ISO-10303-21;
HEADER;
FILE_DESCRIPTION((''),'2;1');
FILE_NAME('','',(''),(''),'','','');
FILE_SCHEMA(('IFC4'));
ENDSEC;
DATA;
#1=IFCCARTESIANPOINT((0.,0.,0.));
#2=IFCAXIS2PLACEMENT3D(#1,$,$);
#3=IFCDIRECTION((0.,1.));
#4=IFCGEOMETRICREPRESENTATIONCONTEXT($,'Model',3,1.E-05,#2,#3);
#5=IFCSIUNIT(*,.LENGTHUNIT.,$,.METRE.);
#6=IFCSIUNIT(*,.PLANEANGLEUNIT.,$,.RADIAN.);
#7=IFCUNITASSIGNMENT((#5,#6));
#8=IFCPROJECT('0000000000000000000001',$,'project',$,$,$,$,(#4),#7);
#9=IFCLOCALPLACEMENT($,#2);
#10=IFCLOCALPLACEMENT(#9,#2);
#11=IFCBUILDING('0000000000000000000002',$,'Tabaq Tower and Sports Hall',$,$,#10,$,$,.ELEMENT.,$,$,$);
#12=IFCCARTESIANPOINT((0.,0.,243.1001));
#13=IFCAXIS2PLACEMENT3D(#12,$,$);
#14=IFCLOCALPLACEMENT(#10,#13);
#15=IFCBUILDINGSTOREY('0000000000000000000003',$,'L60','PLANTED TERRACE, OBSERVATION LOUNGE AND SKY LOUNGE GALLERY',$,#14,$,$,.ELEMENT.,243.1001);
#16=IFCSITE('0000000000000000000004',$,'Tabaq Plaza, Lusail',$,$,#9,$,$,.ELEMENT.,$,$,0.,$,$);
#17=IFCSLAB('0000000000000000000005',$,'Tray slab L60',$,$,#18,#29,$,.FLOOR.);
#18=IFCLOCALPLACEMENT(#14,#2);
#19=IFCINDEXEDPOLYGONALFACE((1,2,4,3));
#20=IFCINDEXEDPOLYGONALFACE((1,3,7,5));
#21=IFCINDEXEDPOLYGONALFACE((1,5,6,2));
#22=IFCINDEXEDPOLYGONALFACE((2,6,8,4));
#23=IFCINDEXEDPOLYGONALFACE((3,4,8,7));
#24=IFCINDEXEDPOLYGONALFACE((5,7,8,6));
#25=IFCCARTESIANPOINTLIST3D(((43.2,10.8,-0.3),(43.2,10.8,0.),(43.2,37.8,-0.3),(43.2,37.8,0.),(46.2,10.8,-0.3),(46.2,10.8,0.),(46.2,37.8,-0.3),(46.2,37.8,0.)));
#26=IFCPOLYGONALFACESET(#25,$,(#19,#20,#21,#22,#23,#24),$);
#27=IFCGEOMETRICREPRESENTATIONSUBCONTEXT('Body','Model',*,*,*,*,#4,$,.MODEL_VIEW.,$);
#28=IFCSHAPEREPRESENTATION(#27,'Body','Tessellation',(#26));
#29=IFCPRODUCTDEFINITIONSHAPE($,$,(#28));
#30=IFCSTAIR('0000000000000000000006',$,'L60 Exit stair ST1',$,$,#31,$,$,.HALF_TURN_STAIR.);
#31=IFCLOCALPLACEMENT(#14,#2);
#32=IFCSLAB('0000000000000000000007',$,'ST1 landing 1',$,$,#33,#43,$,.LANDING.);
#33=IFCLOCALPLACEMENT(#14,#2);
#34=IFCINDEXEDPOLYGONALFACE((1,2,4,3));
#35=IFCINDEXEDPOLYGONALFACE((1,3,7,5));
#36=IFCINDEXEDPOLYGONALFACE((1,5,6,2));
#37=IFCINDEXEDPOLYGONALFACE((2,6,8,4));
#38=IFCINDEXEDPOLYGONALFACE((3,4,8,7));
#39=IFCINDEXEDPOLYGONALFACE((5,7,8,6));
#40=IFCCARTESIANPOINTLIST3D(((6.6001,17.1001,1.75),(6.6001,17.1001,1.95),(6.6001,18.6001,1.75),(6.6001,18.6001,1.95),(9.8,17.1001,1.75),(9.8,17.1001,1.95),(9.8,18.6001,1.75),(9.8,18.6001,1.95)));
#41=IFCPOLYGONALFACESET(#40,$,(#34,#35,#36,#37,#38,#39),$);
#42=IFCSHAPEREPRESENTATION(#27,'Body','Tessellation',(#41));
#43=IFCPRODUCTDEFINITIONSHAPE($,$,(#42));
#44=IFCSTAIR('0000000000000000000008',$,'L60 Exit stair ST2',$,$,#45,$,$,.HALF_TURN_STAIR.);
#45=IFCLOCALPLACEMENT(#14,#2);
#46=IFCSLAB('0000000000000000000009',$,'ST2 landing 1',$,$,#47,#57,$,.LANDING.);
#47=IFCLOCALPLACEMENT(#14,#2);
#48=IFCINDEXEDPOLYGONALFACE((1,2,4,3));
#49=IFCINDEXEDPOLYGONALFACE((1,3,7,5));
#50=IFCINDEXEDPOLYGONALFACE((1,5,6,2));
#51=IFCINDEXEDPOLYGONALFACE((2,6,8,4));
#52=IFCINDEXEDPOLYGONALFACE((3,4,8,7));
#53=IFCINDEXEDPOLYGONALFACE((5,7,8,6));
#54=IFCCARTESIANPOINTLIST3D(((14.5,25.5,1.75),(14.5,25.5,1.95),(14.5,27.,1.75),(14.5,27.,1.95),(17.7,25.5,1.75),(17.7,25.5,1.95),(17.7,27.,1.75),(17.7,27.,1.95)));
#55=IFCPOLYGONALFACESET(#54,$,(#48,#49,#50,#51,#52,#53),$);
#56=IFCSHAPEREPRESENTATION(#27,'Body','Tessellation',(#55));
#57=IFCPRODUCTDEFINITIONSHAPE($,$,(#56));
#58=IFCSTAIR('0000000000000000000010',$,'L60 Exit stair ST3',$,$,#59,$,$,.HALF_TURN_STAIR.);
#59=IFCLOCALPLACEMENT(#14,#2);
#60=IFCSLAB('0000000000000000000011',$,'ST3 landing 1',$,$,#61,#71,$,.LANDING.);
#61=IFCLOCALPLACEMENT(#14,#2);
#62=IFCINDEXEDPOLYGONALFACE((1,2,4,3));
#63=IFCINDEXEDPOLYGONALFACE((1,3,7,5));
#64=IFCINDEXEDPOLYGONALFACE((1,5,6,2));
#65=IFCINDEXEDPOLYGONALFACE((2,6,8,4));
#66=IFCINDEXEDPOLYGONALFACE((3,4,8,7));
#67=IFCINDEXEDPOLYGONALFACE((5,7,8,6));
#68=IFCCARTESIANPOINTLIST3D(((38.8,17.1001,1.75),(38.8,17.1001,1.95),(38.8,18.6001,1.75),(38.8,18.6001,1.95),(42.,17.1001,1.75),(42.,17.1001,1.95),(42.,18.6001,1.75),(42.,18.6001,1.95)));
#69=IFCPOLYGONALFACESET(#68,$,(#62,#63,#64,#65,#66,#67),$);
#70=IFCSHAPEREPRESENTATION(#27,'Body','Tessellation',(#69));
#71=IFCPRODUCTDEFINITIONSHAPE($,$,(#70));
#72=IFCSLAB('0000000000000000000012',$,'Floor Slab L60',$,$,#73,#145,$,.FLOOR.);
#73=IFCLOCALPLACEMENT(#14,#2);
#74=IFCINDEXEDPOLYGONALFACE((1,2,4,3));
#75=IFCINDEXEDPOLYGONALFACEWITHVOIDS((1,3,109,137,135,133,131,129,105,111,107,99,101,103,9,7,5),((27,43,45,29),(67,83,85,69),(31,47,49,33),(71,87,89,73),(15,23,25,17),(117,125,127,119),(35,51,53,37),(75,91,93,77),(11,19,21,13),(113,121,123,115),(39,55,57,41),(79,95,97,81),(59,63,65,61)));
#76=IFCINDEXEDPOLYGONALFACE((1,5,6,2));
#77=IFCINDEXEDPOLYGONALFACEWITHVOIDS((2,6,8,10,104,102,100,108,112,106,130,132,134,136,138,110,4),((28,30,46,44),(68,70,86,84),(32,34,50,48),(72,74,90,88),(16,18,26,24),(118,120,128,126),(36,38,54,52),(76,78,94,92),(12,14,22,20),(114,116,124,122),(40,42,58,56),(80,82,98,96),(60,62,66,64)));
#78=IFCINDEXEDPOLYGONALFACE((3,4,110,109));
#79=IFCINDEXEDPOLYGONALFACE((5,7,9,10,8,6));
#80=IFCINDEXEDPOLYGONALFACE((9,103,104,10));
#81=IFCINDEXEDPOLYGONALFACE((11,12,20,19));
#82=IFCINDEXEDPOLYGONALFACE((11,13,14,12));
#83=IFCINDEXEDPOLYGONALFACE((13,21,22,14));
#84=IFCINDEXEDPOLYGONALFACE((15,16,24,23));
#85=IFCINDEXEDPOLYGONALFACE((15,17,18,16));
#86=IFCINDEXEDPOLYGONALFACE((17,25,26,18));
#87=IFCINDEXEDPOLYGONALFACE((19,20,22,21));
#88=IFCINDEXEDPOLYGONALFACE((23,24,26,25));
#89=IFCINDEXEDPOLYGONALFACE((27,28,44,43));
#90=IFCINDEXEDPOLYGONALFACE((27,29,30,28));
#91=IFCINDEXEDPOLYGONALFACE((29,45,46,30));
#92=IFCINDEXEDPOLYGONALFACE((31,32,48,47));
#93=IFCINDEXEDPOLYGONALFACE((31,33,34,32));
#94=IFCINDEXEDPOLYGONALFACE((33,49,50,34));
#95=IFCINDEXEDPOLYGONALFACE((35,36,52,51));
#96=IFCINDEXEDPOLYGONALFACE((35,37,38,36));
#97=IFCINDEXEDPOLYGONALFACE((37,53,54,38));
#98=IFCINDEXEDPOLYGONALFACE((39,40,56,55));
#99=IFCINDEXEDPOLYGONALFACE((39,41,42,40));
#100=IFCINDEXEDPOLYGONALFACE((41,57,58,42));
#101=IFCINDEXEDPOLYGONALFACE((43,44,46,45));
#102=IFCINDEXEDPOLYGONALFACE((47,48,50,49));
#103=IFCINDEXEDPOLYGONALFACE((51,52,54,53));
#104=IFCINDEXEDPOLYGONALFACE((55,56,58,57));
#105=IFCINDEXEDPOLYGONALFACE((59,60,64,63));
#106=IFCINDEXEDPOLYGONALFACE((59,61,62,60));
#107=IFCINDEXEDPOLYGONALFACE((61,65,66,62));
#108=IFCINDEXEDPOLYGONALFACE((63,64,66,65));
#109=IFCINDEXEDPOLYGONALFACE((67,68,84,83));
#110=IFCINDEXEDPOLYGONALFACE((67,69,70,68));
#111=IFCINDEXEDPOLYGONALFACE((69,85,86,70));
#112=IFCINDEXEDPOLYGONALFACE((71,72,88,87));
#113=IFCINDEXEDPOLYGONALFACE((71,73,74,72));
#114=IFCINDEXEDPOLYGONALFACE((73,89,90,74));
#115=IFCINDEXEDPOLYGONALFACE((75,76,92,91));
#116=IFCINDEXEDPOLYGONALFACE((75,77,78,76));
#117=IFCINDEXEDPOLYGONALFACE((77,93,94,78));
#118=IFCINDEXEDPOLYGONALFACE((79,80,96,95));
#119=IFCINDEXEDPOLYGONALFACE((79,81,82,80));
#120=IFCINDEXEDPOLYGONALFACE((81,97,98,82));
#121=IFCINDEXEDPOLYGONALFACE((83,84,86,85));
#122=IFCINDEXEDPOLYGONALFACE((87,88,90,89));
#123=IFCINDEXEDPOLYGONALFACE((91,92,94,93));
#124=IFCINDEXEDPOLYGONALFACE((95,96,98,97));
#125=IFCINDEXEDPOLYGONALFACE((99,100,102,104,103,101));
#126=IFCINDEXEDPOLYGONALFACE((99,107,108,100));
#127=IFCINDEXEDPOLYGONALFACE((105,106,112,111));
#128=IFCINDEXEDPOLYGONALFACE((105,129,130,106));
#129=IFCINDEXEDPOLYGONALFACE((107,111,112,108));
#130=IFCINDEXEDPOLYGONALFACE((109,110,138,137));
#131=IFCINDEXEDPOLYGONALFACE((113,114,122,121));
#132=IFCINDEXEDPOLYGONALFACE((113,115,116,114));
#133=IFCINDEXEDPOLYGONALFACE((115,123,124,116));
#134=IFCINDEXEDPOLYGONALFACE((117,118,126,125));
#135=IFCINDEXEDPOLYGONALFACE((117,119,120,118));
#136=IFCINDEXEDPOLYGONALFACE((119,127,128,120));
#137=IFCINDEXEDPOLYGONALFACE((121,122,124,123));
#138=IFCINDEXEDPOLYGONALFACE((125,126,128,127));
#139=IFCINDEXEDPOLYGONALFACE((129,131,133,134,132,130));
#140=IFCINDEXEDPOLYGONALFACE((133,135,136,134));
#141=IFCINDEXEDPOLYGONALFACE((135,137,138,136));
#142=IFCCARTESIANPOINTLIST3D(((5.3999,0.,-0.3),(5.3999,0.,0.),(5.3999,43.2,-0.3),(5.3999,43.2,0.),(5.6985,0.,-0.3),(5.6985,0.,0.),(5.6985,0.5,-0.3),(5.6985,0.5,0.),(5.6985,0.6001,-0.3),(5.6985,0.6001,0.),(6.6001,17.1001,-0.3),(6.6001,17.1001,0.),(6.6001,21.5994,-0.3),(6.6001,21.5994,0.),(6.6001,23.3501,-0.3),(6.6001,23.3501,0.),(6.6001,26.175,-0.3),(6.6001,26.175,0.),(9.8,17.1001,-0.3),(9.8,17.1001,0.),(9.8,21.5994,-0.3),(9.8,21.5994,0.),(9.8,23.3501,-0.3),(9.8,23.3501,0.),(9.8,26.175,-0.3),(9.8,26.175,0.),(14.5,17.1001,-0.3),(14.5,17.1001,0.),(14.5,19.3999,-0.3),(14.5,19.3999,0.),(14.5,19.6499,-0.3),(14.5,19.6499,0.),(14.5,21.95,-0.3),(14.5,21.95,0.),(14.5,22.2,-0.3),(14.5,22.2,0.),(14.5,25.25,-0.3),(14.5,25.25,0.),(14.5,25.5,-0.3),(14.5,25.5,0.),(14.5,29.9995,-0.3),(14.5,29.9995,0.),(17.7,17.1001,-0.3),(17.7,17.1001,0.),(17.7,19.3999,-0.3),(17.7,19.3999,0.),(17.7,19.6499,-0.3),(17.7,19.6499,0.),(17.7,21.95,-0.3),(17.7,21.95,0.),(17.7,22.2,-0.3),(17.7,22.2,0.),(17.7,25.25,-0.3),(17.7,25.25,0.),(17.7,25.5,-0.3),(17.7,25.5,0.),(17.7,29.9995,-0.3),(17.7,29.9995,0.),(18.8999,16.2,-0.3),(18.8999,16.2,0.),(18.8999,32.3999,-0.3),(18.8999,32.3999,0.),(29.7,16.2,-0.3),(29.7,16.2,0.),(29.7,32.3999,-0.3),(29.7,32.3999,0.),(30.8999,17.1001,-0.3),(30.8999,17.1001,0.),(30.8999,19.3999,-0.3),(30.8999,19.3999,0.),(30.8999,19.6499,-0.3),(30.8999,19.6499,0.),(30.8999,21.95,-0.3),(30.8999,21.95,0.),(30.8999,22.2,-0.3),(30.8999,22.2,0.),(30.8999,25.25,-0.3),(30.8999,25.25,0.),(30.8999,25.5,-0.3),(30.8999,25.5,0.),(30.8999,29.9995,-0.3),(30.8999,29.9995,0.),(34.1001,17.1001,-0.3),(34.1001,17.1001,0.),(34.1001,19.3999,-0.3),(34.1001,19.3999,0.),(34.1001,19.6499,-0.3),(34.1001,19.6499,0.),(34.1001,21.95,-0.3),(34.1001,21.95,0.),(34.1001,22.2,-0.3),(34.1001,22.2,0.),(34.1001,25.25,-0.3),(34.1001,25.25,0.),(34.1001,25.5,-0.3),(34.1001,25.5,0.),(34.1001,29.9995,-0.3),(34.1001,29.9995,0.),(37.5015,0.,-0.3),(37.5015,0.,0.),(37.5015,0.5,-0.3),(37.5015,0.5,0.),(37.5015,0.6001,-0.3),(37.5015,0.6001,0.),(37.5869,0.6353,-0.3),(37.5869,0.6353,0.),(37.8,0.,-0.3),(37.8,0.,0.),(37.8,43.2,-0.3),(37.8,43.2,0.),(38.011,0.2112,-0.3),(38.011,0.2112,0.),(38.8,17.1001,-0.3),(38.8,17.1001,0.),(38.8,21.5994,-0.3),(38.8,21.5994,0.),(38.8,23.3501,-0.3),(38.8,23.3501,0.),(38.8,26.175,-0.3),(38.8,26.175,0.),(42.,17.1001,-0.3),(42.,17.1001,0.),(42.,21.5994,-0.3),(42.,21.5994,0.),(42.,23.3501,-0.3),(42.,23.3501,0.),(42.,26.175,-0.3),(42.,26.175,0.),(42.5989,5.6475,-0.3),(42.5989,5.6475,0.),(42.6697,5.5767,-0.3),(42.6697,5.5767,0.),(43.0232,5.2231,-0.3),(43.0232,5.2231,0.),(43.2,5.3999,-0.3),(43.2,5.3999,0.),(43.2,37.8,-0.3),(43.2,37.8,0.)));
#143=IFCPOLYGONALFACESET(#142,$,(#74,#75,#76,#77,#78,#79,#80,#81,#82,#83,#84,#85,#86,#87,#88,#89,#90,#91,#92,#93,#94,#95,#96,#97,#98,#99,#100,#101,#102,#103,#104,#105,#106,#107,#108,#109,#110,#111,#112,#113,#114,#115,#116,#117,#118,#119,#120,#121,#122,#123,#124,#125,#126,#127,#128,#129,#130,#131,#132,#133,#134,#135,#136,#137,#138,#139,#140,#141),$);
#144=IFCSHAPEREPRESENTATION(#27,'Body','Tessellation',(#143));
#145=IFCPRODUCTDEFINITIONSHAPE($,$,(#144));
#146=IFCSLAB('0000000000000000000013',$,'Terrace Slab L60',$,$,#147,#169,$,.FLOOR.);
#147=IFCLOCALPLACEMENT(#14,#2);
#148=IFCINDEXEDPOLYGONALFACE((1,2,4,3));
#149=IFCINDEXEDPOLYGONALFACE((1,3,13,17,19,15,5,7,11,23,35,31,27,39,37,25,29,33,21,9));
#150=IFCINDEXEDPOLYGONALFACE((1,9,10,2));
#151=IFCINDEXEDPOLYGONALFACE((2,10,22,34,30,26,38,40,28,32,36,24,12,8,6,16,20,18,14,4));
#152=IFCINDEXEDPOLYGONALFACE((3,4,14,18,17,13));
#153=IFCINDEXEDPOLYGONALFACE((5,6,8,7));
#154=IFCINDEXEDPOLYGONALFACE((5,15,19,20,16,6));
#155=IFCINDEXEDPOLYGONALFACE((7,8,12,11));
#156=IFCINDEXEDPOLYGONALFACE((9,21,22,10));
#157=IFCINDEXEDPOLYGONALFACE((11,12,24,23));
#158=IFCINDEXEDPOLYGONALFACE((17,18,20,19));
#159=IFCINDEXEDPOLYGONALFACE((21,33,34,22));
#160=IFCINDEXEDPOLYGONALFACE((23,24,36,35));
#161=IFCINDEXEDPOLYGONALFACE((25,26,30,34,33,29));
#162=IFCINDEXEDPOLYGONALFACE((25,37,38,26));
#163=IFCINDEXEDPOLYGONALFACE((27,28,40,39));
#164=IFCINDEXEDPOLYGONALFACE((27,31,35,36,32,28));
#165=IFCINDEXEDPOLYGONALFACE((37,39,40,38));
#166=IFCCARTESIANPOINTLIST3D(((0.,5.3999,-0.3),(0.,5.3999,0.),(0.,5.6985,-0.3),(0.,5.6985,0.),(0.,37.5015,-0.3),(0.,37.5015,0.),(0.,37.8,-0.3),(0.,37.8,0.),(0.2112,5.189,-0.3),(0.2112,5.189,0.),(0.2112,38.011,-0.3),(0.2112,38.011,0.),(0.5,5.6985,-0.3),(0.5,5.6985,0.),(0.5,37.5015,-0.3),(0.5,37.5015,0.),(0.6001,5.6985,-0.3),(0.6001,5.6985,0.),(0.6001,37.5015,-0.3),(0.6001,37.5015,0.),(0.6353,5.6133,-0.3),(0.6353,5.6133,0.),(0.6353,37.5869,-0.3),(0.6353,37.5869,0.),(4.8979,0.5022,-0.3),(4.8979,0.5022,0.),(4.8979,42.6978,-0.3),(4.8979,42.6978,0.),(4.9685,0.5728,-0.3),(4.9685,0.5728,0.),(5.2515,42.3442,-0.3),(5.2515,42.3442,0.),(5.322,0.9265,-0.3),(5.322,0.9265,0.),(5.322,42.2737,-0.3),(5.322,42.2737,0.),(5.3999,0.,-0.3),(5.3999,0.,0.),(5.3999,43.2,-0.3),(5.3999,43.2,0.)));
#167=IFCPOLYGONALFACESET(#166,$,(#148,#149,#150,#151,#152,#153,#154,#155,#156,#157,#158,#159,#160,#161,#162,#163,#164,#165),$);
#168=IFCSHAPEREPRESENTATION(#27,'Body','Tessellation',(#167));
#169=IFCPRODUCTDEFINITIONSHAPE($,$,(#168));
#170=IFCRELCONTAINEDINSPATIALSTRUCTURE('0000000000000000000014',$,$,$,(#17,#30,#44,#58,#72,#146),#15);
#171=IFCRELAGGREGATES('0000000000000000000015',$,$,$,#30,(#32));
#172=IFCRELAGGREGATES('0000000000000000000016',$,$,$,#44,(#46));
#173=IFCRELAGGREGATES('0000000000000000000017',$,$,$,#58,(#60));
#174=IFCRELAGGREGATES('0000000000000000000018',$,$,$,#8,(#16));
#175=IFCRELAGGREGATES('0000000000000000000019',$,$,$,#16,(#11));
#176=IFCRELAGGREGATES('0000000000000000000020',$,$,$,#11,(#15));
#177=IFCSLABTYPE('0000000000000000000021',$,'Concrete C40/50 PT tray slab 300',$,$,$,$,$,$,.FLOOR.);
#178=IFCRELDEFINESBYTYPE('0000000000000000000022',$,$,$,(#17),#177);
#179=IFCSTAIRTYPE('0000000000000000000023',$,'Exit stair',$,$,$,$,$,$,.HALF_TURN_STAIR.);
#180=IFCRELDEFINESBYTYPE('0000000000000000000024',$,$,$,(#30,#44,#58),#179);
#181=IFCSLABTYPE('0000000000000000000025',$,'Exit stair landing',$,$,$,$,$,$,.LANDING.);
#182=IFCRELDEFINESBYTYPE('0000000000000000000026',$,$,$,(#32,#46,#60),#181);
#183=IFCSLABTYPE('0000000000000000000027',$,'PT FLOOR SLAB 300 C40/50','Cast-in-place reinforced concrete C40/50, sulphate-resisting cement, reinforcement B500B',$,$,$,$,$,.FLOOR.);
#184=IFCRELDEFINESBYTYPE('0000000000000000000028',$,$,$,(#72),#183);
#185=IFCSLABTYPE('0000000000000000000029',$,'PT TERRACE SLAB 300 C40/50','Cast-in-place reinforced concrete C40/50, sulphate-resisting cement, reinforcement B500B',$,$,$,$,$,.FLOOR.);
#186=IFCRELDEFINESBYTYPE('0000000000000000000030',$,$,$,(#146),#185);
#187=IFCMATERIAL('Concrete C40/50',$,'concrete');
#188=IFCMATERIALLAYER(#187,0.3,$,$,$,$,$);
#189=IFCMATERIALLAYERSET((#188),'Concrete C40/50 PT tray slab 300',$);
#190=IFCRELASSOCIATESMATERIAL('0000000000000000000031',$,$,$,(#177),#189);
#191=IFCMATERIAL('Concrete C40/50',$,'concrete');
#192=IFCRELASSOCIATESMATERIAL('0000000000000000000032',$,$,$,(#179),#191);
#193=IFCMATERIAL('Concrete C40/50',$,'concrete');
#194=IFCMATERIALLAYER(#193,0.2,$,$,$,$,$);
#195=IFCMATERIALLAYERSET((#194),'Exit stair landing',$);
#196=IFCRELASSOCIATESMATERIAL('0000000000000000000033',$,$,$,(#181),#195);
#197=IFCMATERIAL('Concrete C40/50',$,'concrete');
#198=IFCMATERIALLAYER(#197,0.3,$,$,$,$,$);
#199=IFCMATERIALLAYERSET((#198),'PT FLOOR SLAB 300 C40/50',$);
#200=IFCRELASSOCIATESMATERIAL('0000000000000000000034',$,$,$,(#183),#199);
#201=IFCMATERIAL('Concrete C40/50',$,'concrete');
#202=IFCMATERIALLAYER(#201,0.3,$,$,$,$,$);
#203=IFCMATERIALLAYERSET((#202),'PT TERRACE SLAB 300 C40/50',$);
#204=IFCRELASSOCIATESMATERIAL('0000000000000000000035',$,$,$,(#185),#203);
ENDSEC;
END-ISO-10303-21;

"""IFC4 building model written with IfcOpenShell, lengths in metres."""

from ifc_helpers import new_model, si_unit, direction, frame, origin, place, context, subcontext, project, spatial, polyline, outline, extrude, material, layer, layer_set, type_object, element, aggregate, save


model = new_model("IFC4")

# Units and contexts
model_context = context("Model", 3, precision=1e-05, world=origin(), true_north=direction((0.0, 1.0)))
body_context = subcontext(model_context, "Body", "Model", "MODEL_VIEW")
ifc_project = project(units=[si_unit("LENGTHUNIT", "METRE"), si_unit("PLANEANGLEUNIT", "RADIAN")], contexts=[model_context])

# Site, building, storey
site_placement = place(None, origin())
site = spatial("IfcSite", under=ifc_project, at=site_placement, Name="Tabaq Plaza, Lusail", CompositionType="ELEMENT", RefElevation=0.0)
building_placement = place(site_placement, origin())
building = spatial("IfcBuilding", under=site, at=building_placement, Name="Tabaq Tower and Sports Hall", CompositionType="ELEMENT")
storey_placement = place(building_placement, frame((0.0, 0.0, 243.1001)))
storey = spatial("IfcBuildingStorey", under=building, at=storey_placement, Name="L60", Description="PLANTED TERRACE, OBSERVATION LOUNGE AND SKY LOUNGE GALLERY", CompositionType="ELEMENT", Elevation=243.1001)

# Slab
ifc_material_1 = material(Name="Concrete C40/50", Category="concrete")
ifc_layer_1 = layer(ifc_material_1, 0.3)
ifc_layer_set_1 = layer_set([ifc_layer_1], Name="Concrete C40/50 PT tray slab 300")
slab_type_1 = type_object("IfcSlabType", Name="Concrete C40/50 PT tray slab 300", PredefinedType="FLOOR", material=ifc_layer_set_1)
slab_1_placement = place(storey_placement, frame((0.0, 0.0, -0.3)))
element("IfcSlab", 1, at=slab_1_placement, inside=storey, type_object=slab_type_1, Name="Tray slab L60", PredefinedType="FLOOR", context=body_context, shape_type="SweptSolid", body=[
    extrude(outline(polyline([(43.2, 10.8), (43.2, 37.8), (46.2, 37.8), (46.2, 10.8), (43.2, 10.8)])), origin(), (0.0, 0.0, 1.0), 0.3),
])

# Stairs, slabs
ifc_material_2 = material(Name="Concrete C40/50", Category="concrete")
stair_type = type_object("IfcStairType", Name="Exit stair", PredefinedType="HALF_TURN_STAIR", material=ifc_material_2)
stair_1_placement = place(storey_placement, origin())
stair_1 = element("IfcStair", 2, at=stair_1_placement, inside=storey, type_object=stair_type, Name="L60 Exit stair ST1", PredefinedType="HALF_TURN_STAIR")
ifc_material_3 = material(Name="Concrete C40/50", Category="concrete")
ifc_layer_2 = layer(ifc_material_3, 0.2)
ifc_layer_set_2 = layer_set([ifc_layer_2], Name="Exit stair landing")
slab_type_2 = type_object("IfcSlabType", Name="Exit stair landing", PredefinedType="LANDING", material=ifc_layer_set_2)
slab_2_placement = place(storey_placement, frame((0.0, 0.0, 1.75)))
slab_2 = element("IfcSlab", 3, at=slab_2_placement, type_object=slab_type_2, Name="ST1 landing 1", PredefinedType="LANDING", context=body_context, shape_type="SweptSolid", body=[
    extrude(outline(polyline([(6.6001, 18.6001), (6.6001, 17.1001), (9.8, 17.1001), (9.8, 18.6001), (6.6001, 18.6001)])), origin(), (0.0, 0.0, 1.0), 0.2),
])
aggregate(stair_1, [slab_2])
stair_2_placement = place(storey_placement, origin())
stair_2 = element("IfcStair", 4, at=stair_2_placement, inside=storey, type_object=stair_type, Name="L60 Exit stair ST2", PredefinedType="HALF_TURN_STAIR")
slab_3_placement = place(storey_placement, frame((0.0, 0.0, 1.75)))
slab_3 = element("IfcSlab", 5, at=slab_3_placement, type_object=slab_type_2, Name="ST2 landing 1", PredefinedType="LANDING", context=body_context, shape_type="SweptSolid", body=[
    extrude(outline(polyline([(14.5, 27.0), (14.5, 25.5), (17.7, 25.5), (17.7, 27.0), (14.5, 27.0)])), origin(), (0.0, 0.0, 1.0), 0.2),
])
aggregate(stair_2, [slab_3])
stair_3_placement = place(storey_placement, origin())
stair_3 = element("IfcStair", 6, at=stair_3_placement, inside=storey, type_object=stair_type, Name="L60 Exit stair ST3", PredefinedType="HALF_TURN_STAIR")
slab_4_placement = place(storey_placement, frame((0.0, 0.0, 1.75)))
slab_4 = element("IfcSlab", 7, at=slab_4_placement, type_object=slab_type_2, Name="ST3 landing 1", PredefinedType="LANDING", context=body_context, shape_type="SweptSolid", body=[
    extrude(outline(polyline([(38.8, 18.6001), (38.8, 17.1001), (42.0, 17.1001), (42.0, 18.6001), (38.8, 18.6001)])), origin(), (0.0, 0.0, 1.0), 0.2),
])
aggregate(stair_3, [slab_4])

# Slabs
ifc_material_4 = material(Name="Concrete C40/50", Category="concrete")
ifc_layer_3 = layer(ifc_material_4, 0.3)
ifc_layer_set_3 = layer_set([ifc_layer_3], Name="PT FLOOR SLAB 300 C40/50")
slab_type_3 = type_object("IfcSlabType", Name="PT FLOOR SLAB 300 C40/50", Description="Cast-in-place reinforced concrete C40/50, sulphate-resisting cement, reinforcement B500B", PredefinedType="FLOOR", material=ifc_layer_set_3)
slab_5_placement = place(storey_placement, frame((0.0, 0.0, -0.3)))
element("IfcSlab", 8, at=slab_5_placement, inside=storey, type_object=slab_type_3, Name="Floor Slab L60", PredefinedType="FLOOR", context=body_context, shape_type="SweptSolid", body=[
    extrude(outline(polyline([(43.2, 5.3999), (43.2, 37.8), (37.8, 43.2), (5.3999, 43.2), (5.3999, 0.0), (5.6985, 0.0), (5.6985, 0.5), (5.6985, 0.6001), (37.5015, 0.6001), (37.5015, 0.5), (37.5015, 0.0), (37.8, 0.0), (38.011, 0.2112), (37.5869, 0.6353), (42.5989, 5.6475), (42.6697, 5.5767), (43.0232, 5.2231), (43.2, 5.3999)]), holes=[polyline([(14.5, 19.3999), (17.7, 19.3999), (17.7, 17.1001), (14.5, 17.1001), (14.5, 19.3999)]), polyline([(9.8, 21.5994), (9.8, 17.1001), (6.6001, 17.1001), (6.6001, 21.5994), (9.8, 21.5994)]), polyline([(17.7, 21.95), (17.7, 19.6499), (14.5, 19.6499), (14.5, 21.95), (17.7, 21.95)]), polyline([(14.5, 25.25), (17.7, 25.25), (17.7, 22.2), (14.5, 22.2), (14.5, 25.25)]), polyline([(18.8999, 32.3999), (29.7, 32.3999), (29.7, 16.2), (18.8999, 16.2), (18.8999, 32.3999)]), polyline([(9.8, 26.175), (9.8, 23.3501), (6.6001, 23.3501), (6.6001, 26.175), (9.8, 26.175)]), polyline([(14.5, 29.9995), (17.7, 29.9995), (17.7, 25.5), (14.5, 25.5), (14.5, 29.9995)]), polyline([(34.1001, 19.3999), (34.1001, 17.1001), (30.8999, 17.1001), (30.8999, 19.3999), (34.1001, 19.3999)]), polyline([(42.0, 21.5994), (42.0, 17.1001), (38.8, 17.1001), (38.8, 21.5994), (42.0, 21.5994)]), polyline([(34.1001, 21.95), (34.1001, 19.6499), (30.8999, 19.6499), (30.8999, 21.95), (34.1001, 21.95)]), polyline([(34.1001, 25.25), (34.1001, 22.2), (30.8999, 22.2), (30.8999, 25.25), (34.1001, 25.25)]), polyline([(42.0, 26.175), (42.0, 23.3501), (38.8, 23.3501), (38.8, 26.175), (42.0, 26.175)]), polyline([(34.1001, 29.9995), (34.1001, 25.5), (30.8999, 25.5), (30.8999, 29.9995), (34.1001, 29.9995)])]), origin(), (0.0, 0.0, 1.0), 0.3),
])
ifc_material_5 = material(Name="Concrete C40/50", Category="concrete")
ifc_layer_4 = layer(ifc_material_5, 0.3)
ifc_layer_set_4 = layer_set([ifc_layer_4], Name="PT TERRACE SLAB 300 C40/50")
slab_type_4 = type_object("IfcSlabType", Name="PT TERRACE SLAB 300 C40/50", Description="Cast-in-place reinforced concrete C40/50, sulphate-resisting cement, reinforcement B500B", PredefinedType="FLOOR", material=ifc_layer_set_4)
slab_6_placement = place(storey_placement, frame((0.0, 0.0, -0.3)))
element("IfcSlab", 9, at=slab_6_placement, inside=storey, type_object=slab_type_4, Name="Terrace Slab L60", PredefinedType="FLOOR", context=body_context, shape_type="SweptSolid", body=[
    extrude(outline(polyline([(0.2112, 38.011), (0.0, 37.8), (0.0, 37.5015), (0.5, 37.5015), (0.6001, 37.5015), (0.6001, 5.6985), (0.5, 5.6985), (0.0, 5.6985), (0.0, 5.3999), (0.2112, 5.189), (0.6353, 5.6133), (5.322, 0.9265), (4.9685, 0.5728), (4.8979, 0.5022), (5.3999, 0.0), (5.3999, 43.2), (4.8979, 42.6978), (5.2515, 42.3442), (5.322, 42.2737), (0.6353, 37.5869), (0.2112, 38.011)])), origin(), (0.0, 0.0, 1.0), 0.3),
])

save(model, "model.ifc")
